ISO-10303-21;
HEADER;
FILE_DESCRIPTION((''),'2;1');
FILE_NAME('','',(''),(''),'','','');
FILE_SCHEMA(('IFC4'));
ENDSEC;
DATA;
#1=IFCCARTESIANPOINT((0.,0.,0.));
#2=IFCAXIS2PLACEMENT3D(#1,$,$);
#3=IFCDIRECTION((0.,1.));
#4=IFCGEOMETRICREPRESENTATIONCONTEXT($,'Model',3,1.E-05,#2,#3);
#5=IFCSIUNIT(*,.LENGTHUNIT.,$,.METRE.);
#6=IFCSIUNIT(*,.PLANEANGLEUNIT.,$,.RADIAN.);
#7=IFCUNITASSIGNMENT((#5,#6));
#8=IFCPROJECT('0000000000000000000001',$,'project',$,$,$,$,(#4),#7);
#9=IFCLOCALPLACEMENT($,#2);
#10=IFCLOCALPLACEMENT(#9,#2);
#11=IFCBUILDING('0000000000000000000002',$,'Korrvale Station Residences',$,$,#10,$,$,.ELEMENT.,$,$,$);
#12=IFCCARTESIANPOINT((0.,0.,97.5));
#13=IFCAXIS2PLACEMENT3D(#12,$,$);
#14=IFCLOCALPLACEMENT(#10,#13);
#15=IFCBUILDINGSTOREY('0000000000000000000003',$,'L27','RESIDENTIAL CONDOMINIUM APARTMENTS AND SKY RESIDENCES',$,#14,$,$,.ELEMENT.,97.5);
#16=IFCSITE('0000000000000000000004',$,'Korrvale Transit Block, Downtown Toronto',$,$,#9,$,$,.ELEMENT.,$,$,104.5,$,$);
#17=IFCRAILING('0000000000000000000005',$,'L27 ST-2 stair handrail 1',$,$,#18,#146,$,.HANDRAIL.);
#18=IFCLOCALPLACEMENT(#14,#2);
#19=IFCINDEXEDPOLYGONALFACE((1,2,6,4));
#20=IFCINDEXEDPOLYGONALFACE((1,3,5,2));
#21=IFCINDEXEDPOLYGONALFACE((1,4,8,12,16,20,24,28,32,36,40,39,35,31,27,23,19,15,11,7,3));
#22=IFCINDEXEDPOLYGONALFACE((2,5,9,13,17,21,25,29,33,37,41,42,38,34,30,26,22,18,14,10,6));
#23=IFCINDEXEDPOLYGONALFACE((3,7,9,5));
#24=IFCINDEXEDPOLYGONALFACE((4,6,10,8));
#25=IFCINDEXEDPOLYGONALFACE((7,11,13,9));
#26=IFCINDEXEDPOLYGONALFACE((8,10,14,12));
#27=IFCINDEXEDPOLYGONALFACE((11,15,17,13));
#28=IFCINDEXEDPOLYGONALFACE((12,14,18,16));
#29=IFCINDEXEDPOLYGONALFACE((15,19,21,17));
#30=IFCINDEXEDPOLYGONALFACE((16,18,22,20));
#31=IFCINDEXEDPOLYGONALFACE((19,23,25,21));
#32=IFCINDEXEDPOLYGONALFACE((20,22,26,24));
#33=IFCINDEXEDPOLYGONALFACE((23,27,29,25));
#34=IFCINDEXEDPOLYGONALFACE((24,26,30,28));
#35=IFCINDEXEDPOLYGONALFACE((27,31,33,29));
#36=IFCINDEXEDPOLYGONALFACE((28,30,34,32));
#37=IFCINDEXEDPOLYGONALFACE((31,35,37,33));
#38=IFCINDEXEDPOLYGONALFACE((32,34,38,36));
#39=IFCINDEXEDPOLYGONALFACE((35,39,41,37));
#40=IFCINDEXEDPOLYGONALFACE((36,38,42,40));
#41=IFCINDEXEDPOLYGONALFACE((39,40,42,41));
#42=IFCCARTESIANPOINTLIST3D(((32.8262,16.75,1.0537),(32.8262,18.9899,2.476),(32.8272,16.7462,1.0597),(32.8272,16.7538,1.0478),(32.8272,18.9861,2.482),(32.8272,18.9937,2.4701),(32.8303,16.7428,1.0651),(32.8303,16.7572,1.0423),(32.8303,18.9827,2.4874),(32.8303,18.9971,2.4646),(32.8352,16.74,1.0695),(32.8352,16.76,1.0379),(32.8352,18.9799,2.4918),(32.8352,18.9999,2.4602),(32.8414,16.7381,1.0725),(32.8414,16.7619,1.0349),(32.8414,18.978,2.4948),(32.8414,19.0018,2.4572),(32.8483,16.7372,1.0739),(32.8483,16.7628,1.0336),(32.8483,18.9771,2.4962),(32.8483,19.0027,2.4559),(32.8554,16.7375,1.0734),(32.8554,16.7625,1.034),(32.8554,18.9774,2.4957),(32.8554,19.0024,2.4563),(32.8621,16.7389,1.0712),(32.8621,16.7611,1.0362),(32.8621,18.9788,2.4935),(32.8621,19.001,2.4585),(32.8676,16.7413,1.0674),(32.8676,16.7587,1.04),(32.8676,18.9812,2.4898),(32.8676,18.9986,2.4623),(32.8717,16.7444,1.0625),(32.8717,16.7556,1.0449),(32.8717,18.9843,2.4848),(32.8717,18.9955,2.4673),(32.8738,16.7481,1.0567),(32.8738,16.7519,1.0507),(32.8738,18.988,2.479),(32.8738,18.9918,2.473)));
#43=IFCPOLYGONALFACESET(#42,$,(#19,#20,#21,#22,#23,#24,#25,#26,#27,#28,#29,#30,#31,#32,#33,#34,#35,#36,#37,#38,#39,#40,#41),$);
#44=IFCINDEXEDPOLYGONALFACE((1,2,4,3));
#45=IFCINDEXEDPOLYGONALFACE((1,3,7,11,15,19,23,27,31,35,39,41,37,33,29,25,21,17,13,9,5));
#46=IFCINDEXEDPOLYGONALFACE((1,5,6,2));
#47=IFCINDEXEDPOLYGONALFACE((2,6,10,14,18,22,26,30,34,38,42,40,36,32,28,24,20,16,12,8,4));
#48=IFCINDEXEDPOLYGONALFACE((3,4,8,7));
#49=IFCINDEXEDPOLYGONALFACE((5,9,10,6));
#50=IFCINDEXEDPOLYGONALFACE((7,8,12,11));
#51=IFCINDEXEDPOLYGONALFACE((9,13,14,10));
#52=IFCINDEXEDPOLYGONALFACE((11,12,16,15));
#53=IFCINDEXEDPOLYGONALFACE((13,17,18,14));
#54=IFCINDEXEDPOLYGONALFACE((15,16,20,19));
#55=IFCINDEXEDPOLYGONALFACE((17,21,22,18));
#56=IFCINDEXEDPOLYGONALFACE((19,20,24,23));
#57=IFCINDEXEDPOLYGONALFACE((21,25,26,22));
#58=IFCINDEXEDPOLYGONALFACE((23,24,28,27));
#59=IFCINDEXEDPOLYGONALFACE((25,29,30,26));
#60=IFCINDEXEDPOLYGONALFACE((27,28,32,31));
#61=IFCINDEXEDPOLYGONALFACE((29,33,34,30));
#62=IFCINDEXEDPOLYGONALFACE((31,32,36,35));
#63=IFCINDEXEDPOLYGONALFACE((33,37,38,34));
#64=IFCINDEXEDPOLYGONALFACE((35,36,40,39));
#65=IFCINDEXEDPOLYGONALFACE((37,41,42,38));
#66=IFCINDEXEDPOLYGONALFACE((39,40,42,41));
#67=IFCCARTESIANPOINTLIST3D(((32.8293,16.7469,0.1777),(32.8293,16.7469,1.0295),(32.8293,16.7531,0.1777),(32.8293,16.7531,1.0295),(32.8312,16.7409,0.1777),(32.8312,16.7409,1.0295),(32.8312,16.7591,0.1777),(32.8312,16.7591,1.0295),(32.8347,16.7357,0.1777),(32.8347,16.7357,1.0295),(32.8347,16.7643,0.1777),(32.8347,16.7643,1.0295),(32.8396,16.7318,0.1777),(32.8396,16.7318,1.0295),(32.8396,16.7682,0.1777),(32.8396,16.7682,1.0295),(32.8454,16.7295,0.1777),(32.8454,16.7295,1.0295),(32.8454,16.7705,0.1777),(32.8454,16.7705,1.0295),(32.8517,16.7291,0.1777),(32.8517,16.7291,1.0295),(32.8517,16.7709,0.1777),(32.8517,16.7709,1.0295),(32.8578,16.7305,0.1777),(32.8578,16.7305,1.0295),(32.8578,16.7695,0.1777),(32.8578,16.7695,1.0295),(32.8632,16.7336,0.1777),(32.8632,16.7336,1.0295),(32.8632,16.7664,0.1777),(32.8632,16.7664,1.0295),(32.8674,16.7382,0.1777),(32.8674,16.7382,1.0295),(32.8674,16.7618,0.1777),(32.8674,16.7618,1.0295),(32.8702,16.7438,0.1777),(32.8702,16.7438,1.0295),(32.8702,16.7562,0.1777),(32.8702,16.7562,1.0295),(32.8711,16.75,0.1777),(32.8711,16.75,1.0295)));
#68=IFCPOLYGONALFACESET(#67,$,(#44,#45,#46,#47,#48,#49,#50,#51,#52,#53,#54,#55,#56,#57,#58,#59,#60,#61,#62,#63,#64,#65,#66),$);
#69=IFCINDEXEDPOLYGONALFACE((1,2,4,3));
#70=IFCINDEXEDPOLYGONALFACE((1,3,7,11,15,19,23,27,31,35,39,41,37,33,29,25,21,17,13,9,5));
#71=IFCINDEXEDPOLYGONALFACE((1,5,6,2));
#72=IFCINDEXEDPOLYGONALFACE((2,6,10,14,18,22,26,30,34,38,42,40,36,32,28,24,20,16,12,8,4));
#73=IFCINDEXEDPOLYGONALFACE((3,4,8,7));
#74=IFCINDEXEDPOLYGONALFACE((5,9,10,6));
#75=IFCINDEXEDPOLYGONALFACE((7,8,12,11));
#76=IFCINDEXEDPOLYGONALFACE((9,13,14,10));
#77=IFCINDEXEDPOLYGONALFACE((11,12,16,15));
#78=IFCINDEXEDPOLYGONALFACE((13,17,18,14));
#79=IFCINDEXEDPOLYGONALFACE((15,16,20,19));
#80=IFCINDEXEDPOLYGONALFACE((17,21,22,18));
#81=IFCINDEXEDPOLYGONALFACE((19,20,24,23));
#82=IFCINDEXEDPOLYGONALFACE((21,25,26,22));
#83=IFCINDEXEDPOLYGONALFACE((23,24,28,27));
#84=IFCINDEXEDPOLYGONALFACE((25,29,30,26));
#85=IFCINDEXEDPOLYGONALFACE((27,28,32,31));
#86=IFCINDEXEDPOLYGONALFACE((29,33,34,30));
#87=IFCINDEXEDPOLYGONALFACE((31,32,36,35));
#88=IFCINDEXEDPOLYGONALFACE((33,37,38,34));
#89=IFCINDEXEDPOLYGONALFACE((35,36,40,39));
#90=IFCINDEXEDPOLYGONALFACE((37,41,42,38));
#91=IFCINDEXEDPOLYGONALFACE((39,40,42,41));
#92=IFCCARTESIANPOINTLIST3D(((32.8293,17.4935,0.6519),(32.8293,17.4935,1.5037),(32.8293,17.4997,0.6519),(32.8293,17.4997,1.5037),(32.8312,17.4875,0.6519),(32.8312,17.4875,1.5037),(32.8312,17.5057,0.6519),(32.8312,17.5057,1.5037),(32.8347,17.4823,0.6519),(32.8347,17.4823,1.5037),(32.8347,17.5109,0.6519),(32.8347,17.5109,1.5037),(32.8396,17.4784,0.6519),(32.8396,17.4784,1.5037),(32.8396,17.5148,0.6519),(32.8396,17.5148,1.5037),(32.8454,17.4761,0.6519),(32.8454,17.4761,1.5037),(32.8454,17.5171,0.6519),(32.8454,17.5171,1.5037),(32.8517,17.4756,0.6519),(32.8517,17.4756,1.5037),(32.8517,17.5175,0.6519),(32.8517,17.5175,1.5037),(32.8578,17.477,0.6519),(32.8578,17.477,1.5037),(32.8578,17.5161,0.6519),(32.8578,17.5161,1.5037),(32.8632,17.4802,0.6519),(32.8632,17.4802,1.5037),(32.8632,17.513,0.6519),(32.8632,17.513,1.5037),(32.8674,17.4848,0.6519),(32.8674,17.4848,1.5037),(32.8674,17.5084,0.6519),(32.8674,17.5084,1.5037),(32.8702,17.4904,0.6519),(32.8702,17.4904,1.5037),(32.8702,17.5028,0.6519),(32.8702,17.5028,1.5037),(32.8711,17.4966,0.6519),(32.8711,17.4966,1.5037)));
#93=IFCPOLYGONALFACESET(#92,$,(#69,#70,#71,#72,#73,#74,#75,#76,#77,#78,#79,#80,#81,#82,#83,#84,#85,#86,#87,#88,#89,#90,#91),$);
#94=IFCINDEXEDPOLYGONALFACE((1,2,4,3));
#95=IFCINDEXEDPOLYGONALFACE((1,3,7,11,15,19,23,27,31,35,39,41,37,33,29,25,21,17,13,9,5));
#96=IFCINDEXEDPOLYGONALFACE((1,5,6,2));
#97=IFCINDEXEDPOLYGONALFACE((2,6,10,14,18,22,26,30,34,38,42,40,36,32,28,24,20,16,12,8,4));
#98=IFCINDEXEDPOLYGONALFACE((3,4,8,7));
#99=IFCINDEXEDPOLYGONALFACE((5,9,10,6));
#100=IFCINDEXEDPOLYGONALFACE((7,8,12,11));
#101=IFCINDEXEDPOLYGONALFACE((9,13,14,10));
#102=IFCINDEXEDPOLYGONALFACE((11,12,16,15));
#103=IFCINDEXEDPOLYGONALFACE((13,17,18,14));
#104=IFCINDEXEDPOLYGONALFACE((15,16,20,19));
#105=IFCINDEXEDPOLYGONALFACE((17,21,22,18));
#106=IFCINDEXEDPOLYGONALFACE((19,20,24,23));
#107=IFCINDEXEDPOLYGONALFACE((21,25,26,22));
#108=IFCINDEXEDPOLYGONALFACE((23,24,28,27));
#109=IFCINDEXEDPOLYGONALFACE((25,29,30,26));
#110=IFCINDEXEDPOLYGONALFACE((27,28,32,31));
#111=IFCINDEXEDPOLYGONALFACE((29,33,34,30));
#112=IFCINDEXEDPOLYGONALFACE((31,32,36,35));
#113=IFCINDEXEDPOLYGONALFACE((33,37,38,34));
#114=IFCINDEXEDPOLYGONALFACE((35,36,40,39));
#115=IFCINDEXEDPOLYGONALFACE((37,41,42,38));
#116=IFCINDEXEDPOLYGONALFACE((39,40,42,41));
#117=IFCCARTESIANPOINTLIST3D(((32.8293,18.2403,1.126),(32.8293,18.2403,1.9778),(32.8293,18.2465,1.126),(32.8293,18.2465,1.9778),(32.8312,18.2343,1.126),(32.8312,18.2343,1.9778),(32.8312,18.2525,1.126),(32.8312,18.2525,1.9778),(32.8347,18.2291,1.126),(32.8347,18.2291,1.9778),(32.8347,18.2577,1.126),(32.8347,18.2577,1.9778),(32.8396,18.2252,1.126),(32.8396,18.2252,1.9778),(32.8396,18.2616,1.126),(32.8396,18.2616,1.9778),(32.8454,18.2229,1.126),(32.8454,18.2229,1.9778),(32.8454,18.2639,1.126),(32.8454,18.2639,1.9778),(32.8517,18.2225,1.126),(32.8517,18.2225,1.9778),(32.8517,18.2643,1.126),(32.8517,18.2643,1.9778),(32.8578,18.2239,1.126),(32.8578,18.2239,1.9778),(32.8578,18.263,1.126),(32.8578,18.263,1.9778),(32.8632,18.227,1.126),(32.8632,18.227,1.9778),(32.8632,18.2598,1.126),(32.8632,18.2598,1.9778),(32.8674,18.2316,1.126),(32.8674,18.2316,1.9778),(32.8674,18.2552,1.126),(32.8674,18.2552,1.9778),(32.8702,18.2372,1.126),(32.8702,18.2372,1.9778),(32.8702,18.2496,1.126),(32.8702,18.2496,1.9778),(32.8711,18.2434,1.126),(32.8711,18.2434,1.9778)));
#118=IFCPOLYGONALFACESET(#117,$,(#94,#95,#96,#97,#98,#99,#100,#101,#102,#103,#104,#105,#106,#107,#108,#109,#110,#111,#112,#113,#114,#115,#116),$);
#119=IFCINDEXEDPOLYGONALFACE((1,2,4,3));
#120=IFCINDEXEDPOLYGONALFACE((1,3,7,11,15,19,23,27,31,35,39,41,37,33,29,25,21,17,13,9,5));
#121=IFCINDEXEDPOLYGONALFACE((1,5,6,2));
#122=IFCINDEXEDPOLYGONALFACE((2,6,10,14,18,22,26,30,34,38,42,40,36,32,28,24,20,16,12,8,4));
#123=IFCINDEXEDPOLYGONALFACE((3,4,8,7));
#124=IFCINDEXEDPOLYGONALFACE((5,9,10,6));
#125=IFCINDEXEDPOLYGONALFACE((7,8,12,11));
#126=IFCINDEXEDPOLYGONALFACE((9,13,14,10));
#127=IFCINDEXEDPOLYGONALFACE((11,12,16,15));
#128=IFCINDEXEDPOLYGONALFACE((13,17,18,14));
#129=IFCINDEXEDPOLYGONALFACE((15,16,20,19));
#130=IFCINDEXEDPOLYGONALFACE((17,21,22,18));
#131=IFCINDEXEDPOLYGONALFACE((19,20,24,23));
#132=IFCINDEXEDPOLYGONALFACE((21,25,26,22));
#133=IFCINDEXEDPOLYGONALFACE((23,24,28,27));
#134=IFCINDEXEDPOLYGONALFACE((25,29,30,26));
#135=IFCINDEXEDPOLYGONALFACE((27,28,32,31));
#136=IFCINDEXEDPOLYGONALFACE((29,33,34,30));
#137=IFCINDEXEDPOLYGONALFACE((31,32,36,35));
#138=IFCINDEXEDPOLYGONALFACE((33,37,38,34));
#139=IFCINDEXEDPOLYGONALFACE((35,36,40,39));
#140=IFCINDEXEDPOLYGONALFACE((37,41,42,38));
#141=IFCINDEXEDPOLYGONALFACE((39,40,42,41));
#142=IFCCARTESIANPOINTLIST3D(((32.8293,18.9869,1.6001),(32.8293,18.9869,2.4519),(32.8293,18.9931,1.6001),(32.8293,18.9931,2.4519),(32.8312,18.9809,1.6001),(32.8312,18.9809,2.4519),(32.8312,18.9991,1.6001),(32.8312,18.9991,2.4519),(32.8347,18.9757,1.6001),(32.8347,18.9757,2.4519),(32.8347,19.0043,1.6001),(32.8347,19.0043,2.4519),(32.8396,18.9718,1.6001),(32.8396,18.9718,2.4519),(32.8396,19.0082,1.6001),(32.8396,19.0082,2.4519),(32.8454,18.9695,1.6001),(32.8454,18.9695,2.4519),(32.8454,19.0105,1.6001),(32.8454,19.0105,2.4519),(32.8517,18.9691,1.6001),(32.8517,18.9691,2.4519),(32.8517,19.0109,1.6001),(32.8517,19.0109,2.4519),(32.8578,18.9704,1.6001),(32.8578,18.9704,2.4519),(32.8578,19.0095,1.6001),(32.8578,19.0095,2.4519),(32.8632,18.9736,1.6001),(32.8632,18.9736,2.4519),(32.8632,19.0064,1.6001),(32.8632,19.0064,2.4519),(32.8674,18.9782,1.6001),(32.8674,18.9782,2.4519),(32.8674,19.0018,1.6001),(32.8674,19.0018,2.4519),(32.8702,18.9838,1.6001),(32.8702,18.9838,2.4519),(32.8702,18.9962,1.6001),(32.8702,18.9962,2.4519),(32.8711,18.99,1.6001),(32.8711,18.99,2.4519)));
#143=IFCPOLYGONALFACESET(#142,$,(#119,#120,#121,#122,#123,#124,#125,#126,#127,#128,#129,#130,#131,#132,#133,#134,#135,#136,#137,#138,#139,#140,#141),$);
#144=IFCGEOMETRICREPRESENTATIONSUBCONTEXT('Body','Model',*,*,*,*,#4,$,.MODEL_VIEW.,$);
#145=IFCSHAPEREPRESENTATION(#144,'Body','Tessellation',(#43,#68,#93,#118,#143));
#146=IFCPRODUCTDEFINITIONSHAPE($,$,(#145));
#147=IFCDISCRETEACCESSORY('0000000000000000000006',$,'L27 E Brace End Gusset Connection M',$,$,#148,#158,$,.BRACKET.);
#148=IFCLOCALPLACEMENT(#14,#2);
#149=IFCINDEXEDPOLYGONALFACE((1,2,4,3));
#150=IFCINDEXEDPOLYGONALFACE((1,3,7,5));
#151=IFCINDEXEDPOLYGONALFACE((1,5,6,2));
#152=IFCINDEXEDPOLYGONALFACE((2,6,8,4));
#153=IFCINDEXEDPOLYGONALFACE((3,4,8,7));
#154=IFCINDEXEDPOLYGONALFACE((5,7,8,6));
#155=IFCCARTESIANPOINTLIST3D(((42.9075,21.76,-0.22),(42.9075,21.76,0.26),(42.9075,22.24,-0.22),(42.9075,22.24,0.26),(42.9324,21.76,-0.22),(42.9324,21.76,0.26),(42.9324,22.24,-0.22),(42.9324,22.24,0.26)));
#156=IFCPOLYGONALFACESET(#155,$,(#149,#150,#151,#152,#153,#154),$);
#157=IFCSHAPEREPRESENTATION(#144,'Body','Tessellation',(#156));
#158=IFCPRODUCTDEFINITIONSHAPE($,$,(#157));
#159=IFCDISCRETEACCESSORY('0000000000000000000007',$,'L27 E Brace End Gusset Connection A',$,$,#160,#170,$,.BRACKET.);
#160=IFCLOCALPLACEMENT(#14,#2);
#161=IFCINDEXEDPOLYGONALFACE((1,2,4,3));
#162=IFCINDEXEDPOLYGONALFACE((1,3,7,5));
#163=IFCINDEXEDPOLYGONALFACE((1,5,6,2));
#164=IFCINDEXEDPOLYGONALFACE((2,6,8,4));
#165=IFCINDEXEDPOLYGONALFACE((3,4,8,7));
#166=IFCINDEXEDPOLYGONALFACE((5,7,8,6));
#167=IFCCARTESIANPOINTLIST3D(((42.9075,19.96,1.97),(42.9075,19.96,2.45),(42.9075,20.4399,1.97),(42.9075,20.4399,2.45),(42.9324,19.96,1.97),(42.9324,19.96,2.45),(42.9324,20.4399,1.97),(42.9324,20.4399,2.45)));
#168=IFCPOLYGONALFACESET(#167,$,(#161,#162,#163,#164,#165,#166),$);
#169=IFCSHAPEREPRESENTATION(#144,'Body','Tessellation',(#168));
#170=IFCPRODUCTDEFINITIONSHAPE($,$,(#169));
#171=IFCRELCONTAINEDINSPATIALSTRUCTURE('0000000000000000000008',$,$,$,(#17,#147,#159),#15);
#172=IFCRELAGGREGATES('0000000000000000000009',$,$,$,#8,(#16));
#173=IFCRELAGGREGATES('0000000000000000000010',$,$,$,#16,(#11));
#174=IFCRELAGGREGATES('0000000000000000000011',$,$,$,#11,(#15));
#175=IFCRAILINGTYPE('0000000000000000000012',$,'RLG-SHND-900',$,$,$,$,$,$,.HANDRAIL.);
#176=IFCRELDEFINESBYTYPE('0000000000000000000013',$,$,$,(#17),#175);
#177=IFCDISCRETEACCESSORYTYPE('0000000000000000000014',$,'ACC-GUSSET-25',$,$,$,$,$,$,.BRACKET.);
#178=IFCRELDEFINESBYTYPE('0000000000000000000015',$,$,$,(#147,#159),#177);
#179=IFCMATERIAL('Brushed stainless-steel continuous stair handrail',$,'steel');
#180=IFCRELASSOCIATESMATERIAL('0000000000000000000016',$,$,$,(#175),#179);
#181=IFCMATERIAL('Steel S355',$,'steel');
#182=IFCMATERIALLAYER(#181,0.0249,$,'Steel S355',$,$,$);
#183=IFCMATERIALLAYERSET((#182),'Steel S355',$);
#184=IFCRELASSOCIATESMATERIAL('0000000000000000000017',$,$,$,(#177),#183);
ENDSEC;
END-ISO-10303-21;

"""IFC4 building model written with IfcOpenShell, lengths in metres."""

from ifc_helpers import new_model, si_unit, direction, frame, origin, origin_2d, place, context, subcontext, project, spatial, rectangle, circle, extrude, material, layer, layer_set, type_object, element, save


model = new_model("IFC4")

# Units and contexts
model_context = context("Model", 3, precision=1e-05, world=origin(), true_north=direction((0.0, 1.0)))
body_context = subcontext(model_context, "Body", "Model", "MODEL_VIEW")
ifc_project = project(units=[si_unit("LENGTHUNIT", "METRE"), si_unit("PLANEANGLEUNIT", "RADIAN")], contexts=[model_context])

# Site, building, storey
site_placement = place(None, origin())
site = spatial("IfcSite", under=ifc_project, at=site_placement, Name="Korrvale Transit Block, Downtown Toronto", CompositionType="ELEMENT", RefElevation=104.5)
building_placement = place(site_placement, origin())
building = spatial("IfcBuilding", under=site, at=building_placement, Name="Korrvale Station Residences", CompositionType="ELEMENT")
storey_placement = place(building_placement, frame((0.0, 0.0, 97.5)))
storey = spatial("IfcBuildingStorey", under=building, at=storey_placement, Name="L27", Description="RESIDENTIAL CONDOMINIUM APARTMENTS AND SKY RESIDENCES", CompositionType="ELEMENT", Elevation=97.5)

# Shared definitions
ifc_material_1 = material(Name="Steel S355", Category="steel")

# Railing
ifc_material_2 = material(Name="Brushed stainless-steel continuous stair handrail", Category="steel")
railing_type = type_object("IfcRailingType", Name="RLG-SHND-900", PredefinedType="HANDRAIL", material=ifc_material_2)
railing_placement = place(storey_placement, frame((32.8501, 16.75, 0.1777)))
element("IfcRailing", 1, at=railing_placement, inside=storey, type_object=railing_type, Name="L27 ST-2 stair handrail 1", PredefinedType="HANDRAIL", context=body_context, shape_type="SweptSolid", body=[
    extrude(circle(Radius=0.0239, at=origin_2d()), frame((0.0, 0.0, 0.876), z_axis=(0.0, 0.844188, 0.536048), x_axis=(-1.0, 0.0, 0.0)), (0.0, 0.0, 1.0), 2.6533),
    extrude(circle(Radius=0.021, at=origin_2d()), origin(), (0.0, 0.0, 1.0), 0.8518),
    extrude(circle(Radius=0.021, at=origin_2d()), frame((0.0, 0.7466, 0.4741)), (0.0, 0.0, 1.0), 0.8518),
    extrude(circle(Radius=0.021, at=origin_2d()), frame((0.0, 1.4934, 0.9482)), (0.0, 0.0, 1.0), 0.8518),
    extrude(circle(Radius=0.021, at=origin_2d()), frame((0.0, 2.24, 1.4224)), (0.0, 0.0, 1.0), 0.8518),
])

# Discrete accessories
ifc_layer_1 = layer(ifc_material_1, 0.0249, Name="Steel S355")
ifc_layer_set_1 = layer_set([ifc_layer_1], Name="Steel S355")
discrete_accessory_type = type_object("IfcDiscreteAccessoryType", Name="ACC-GUSSET-25", PredefinedType="BRACKET", material=ifc_layer_set_1)
for number, where, z_axis, x_axis, name in (
    (2, (42.9199, 22.0, -0.22), (0.0, 0.0, 1.0), (0.0, 1.0, 0.0), "L27 E Brace End Gusset Connection M"),
    (3, (42.9199, 20.2, 1.97), (0.0, 0.0, 1.0), (0.0, 1.0, 0.0), "L27 E Brace End Gusset Connection A"),
):
    element("IfcDiscreteAccessory", number, at=place(storey_placement, frame(where, z_axis=z_axis, x_axis=x_axis)), inside=storey, type_object=discrete_accessory_type, Name=name, PredefinedType="BRACKET", context=body_context, shape_type="SweptSolid", body=[
        extrude(rectangle(XDim=0.48, YDim=0.0249, at=origin_2d()), origin(), (0.0, 0.0, 1.0), 0.48),
    ])

save(model, "model.ifc")
